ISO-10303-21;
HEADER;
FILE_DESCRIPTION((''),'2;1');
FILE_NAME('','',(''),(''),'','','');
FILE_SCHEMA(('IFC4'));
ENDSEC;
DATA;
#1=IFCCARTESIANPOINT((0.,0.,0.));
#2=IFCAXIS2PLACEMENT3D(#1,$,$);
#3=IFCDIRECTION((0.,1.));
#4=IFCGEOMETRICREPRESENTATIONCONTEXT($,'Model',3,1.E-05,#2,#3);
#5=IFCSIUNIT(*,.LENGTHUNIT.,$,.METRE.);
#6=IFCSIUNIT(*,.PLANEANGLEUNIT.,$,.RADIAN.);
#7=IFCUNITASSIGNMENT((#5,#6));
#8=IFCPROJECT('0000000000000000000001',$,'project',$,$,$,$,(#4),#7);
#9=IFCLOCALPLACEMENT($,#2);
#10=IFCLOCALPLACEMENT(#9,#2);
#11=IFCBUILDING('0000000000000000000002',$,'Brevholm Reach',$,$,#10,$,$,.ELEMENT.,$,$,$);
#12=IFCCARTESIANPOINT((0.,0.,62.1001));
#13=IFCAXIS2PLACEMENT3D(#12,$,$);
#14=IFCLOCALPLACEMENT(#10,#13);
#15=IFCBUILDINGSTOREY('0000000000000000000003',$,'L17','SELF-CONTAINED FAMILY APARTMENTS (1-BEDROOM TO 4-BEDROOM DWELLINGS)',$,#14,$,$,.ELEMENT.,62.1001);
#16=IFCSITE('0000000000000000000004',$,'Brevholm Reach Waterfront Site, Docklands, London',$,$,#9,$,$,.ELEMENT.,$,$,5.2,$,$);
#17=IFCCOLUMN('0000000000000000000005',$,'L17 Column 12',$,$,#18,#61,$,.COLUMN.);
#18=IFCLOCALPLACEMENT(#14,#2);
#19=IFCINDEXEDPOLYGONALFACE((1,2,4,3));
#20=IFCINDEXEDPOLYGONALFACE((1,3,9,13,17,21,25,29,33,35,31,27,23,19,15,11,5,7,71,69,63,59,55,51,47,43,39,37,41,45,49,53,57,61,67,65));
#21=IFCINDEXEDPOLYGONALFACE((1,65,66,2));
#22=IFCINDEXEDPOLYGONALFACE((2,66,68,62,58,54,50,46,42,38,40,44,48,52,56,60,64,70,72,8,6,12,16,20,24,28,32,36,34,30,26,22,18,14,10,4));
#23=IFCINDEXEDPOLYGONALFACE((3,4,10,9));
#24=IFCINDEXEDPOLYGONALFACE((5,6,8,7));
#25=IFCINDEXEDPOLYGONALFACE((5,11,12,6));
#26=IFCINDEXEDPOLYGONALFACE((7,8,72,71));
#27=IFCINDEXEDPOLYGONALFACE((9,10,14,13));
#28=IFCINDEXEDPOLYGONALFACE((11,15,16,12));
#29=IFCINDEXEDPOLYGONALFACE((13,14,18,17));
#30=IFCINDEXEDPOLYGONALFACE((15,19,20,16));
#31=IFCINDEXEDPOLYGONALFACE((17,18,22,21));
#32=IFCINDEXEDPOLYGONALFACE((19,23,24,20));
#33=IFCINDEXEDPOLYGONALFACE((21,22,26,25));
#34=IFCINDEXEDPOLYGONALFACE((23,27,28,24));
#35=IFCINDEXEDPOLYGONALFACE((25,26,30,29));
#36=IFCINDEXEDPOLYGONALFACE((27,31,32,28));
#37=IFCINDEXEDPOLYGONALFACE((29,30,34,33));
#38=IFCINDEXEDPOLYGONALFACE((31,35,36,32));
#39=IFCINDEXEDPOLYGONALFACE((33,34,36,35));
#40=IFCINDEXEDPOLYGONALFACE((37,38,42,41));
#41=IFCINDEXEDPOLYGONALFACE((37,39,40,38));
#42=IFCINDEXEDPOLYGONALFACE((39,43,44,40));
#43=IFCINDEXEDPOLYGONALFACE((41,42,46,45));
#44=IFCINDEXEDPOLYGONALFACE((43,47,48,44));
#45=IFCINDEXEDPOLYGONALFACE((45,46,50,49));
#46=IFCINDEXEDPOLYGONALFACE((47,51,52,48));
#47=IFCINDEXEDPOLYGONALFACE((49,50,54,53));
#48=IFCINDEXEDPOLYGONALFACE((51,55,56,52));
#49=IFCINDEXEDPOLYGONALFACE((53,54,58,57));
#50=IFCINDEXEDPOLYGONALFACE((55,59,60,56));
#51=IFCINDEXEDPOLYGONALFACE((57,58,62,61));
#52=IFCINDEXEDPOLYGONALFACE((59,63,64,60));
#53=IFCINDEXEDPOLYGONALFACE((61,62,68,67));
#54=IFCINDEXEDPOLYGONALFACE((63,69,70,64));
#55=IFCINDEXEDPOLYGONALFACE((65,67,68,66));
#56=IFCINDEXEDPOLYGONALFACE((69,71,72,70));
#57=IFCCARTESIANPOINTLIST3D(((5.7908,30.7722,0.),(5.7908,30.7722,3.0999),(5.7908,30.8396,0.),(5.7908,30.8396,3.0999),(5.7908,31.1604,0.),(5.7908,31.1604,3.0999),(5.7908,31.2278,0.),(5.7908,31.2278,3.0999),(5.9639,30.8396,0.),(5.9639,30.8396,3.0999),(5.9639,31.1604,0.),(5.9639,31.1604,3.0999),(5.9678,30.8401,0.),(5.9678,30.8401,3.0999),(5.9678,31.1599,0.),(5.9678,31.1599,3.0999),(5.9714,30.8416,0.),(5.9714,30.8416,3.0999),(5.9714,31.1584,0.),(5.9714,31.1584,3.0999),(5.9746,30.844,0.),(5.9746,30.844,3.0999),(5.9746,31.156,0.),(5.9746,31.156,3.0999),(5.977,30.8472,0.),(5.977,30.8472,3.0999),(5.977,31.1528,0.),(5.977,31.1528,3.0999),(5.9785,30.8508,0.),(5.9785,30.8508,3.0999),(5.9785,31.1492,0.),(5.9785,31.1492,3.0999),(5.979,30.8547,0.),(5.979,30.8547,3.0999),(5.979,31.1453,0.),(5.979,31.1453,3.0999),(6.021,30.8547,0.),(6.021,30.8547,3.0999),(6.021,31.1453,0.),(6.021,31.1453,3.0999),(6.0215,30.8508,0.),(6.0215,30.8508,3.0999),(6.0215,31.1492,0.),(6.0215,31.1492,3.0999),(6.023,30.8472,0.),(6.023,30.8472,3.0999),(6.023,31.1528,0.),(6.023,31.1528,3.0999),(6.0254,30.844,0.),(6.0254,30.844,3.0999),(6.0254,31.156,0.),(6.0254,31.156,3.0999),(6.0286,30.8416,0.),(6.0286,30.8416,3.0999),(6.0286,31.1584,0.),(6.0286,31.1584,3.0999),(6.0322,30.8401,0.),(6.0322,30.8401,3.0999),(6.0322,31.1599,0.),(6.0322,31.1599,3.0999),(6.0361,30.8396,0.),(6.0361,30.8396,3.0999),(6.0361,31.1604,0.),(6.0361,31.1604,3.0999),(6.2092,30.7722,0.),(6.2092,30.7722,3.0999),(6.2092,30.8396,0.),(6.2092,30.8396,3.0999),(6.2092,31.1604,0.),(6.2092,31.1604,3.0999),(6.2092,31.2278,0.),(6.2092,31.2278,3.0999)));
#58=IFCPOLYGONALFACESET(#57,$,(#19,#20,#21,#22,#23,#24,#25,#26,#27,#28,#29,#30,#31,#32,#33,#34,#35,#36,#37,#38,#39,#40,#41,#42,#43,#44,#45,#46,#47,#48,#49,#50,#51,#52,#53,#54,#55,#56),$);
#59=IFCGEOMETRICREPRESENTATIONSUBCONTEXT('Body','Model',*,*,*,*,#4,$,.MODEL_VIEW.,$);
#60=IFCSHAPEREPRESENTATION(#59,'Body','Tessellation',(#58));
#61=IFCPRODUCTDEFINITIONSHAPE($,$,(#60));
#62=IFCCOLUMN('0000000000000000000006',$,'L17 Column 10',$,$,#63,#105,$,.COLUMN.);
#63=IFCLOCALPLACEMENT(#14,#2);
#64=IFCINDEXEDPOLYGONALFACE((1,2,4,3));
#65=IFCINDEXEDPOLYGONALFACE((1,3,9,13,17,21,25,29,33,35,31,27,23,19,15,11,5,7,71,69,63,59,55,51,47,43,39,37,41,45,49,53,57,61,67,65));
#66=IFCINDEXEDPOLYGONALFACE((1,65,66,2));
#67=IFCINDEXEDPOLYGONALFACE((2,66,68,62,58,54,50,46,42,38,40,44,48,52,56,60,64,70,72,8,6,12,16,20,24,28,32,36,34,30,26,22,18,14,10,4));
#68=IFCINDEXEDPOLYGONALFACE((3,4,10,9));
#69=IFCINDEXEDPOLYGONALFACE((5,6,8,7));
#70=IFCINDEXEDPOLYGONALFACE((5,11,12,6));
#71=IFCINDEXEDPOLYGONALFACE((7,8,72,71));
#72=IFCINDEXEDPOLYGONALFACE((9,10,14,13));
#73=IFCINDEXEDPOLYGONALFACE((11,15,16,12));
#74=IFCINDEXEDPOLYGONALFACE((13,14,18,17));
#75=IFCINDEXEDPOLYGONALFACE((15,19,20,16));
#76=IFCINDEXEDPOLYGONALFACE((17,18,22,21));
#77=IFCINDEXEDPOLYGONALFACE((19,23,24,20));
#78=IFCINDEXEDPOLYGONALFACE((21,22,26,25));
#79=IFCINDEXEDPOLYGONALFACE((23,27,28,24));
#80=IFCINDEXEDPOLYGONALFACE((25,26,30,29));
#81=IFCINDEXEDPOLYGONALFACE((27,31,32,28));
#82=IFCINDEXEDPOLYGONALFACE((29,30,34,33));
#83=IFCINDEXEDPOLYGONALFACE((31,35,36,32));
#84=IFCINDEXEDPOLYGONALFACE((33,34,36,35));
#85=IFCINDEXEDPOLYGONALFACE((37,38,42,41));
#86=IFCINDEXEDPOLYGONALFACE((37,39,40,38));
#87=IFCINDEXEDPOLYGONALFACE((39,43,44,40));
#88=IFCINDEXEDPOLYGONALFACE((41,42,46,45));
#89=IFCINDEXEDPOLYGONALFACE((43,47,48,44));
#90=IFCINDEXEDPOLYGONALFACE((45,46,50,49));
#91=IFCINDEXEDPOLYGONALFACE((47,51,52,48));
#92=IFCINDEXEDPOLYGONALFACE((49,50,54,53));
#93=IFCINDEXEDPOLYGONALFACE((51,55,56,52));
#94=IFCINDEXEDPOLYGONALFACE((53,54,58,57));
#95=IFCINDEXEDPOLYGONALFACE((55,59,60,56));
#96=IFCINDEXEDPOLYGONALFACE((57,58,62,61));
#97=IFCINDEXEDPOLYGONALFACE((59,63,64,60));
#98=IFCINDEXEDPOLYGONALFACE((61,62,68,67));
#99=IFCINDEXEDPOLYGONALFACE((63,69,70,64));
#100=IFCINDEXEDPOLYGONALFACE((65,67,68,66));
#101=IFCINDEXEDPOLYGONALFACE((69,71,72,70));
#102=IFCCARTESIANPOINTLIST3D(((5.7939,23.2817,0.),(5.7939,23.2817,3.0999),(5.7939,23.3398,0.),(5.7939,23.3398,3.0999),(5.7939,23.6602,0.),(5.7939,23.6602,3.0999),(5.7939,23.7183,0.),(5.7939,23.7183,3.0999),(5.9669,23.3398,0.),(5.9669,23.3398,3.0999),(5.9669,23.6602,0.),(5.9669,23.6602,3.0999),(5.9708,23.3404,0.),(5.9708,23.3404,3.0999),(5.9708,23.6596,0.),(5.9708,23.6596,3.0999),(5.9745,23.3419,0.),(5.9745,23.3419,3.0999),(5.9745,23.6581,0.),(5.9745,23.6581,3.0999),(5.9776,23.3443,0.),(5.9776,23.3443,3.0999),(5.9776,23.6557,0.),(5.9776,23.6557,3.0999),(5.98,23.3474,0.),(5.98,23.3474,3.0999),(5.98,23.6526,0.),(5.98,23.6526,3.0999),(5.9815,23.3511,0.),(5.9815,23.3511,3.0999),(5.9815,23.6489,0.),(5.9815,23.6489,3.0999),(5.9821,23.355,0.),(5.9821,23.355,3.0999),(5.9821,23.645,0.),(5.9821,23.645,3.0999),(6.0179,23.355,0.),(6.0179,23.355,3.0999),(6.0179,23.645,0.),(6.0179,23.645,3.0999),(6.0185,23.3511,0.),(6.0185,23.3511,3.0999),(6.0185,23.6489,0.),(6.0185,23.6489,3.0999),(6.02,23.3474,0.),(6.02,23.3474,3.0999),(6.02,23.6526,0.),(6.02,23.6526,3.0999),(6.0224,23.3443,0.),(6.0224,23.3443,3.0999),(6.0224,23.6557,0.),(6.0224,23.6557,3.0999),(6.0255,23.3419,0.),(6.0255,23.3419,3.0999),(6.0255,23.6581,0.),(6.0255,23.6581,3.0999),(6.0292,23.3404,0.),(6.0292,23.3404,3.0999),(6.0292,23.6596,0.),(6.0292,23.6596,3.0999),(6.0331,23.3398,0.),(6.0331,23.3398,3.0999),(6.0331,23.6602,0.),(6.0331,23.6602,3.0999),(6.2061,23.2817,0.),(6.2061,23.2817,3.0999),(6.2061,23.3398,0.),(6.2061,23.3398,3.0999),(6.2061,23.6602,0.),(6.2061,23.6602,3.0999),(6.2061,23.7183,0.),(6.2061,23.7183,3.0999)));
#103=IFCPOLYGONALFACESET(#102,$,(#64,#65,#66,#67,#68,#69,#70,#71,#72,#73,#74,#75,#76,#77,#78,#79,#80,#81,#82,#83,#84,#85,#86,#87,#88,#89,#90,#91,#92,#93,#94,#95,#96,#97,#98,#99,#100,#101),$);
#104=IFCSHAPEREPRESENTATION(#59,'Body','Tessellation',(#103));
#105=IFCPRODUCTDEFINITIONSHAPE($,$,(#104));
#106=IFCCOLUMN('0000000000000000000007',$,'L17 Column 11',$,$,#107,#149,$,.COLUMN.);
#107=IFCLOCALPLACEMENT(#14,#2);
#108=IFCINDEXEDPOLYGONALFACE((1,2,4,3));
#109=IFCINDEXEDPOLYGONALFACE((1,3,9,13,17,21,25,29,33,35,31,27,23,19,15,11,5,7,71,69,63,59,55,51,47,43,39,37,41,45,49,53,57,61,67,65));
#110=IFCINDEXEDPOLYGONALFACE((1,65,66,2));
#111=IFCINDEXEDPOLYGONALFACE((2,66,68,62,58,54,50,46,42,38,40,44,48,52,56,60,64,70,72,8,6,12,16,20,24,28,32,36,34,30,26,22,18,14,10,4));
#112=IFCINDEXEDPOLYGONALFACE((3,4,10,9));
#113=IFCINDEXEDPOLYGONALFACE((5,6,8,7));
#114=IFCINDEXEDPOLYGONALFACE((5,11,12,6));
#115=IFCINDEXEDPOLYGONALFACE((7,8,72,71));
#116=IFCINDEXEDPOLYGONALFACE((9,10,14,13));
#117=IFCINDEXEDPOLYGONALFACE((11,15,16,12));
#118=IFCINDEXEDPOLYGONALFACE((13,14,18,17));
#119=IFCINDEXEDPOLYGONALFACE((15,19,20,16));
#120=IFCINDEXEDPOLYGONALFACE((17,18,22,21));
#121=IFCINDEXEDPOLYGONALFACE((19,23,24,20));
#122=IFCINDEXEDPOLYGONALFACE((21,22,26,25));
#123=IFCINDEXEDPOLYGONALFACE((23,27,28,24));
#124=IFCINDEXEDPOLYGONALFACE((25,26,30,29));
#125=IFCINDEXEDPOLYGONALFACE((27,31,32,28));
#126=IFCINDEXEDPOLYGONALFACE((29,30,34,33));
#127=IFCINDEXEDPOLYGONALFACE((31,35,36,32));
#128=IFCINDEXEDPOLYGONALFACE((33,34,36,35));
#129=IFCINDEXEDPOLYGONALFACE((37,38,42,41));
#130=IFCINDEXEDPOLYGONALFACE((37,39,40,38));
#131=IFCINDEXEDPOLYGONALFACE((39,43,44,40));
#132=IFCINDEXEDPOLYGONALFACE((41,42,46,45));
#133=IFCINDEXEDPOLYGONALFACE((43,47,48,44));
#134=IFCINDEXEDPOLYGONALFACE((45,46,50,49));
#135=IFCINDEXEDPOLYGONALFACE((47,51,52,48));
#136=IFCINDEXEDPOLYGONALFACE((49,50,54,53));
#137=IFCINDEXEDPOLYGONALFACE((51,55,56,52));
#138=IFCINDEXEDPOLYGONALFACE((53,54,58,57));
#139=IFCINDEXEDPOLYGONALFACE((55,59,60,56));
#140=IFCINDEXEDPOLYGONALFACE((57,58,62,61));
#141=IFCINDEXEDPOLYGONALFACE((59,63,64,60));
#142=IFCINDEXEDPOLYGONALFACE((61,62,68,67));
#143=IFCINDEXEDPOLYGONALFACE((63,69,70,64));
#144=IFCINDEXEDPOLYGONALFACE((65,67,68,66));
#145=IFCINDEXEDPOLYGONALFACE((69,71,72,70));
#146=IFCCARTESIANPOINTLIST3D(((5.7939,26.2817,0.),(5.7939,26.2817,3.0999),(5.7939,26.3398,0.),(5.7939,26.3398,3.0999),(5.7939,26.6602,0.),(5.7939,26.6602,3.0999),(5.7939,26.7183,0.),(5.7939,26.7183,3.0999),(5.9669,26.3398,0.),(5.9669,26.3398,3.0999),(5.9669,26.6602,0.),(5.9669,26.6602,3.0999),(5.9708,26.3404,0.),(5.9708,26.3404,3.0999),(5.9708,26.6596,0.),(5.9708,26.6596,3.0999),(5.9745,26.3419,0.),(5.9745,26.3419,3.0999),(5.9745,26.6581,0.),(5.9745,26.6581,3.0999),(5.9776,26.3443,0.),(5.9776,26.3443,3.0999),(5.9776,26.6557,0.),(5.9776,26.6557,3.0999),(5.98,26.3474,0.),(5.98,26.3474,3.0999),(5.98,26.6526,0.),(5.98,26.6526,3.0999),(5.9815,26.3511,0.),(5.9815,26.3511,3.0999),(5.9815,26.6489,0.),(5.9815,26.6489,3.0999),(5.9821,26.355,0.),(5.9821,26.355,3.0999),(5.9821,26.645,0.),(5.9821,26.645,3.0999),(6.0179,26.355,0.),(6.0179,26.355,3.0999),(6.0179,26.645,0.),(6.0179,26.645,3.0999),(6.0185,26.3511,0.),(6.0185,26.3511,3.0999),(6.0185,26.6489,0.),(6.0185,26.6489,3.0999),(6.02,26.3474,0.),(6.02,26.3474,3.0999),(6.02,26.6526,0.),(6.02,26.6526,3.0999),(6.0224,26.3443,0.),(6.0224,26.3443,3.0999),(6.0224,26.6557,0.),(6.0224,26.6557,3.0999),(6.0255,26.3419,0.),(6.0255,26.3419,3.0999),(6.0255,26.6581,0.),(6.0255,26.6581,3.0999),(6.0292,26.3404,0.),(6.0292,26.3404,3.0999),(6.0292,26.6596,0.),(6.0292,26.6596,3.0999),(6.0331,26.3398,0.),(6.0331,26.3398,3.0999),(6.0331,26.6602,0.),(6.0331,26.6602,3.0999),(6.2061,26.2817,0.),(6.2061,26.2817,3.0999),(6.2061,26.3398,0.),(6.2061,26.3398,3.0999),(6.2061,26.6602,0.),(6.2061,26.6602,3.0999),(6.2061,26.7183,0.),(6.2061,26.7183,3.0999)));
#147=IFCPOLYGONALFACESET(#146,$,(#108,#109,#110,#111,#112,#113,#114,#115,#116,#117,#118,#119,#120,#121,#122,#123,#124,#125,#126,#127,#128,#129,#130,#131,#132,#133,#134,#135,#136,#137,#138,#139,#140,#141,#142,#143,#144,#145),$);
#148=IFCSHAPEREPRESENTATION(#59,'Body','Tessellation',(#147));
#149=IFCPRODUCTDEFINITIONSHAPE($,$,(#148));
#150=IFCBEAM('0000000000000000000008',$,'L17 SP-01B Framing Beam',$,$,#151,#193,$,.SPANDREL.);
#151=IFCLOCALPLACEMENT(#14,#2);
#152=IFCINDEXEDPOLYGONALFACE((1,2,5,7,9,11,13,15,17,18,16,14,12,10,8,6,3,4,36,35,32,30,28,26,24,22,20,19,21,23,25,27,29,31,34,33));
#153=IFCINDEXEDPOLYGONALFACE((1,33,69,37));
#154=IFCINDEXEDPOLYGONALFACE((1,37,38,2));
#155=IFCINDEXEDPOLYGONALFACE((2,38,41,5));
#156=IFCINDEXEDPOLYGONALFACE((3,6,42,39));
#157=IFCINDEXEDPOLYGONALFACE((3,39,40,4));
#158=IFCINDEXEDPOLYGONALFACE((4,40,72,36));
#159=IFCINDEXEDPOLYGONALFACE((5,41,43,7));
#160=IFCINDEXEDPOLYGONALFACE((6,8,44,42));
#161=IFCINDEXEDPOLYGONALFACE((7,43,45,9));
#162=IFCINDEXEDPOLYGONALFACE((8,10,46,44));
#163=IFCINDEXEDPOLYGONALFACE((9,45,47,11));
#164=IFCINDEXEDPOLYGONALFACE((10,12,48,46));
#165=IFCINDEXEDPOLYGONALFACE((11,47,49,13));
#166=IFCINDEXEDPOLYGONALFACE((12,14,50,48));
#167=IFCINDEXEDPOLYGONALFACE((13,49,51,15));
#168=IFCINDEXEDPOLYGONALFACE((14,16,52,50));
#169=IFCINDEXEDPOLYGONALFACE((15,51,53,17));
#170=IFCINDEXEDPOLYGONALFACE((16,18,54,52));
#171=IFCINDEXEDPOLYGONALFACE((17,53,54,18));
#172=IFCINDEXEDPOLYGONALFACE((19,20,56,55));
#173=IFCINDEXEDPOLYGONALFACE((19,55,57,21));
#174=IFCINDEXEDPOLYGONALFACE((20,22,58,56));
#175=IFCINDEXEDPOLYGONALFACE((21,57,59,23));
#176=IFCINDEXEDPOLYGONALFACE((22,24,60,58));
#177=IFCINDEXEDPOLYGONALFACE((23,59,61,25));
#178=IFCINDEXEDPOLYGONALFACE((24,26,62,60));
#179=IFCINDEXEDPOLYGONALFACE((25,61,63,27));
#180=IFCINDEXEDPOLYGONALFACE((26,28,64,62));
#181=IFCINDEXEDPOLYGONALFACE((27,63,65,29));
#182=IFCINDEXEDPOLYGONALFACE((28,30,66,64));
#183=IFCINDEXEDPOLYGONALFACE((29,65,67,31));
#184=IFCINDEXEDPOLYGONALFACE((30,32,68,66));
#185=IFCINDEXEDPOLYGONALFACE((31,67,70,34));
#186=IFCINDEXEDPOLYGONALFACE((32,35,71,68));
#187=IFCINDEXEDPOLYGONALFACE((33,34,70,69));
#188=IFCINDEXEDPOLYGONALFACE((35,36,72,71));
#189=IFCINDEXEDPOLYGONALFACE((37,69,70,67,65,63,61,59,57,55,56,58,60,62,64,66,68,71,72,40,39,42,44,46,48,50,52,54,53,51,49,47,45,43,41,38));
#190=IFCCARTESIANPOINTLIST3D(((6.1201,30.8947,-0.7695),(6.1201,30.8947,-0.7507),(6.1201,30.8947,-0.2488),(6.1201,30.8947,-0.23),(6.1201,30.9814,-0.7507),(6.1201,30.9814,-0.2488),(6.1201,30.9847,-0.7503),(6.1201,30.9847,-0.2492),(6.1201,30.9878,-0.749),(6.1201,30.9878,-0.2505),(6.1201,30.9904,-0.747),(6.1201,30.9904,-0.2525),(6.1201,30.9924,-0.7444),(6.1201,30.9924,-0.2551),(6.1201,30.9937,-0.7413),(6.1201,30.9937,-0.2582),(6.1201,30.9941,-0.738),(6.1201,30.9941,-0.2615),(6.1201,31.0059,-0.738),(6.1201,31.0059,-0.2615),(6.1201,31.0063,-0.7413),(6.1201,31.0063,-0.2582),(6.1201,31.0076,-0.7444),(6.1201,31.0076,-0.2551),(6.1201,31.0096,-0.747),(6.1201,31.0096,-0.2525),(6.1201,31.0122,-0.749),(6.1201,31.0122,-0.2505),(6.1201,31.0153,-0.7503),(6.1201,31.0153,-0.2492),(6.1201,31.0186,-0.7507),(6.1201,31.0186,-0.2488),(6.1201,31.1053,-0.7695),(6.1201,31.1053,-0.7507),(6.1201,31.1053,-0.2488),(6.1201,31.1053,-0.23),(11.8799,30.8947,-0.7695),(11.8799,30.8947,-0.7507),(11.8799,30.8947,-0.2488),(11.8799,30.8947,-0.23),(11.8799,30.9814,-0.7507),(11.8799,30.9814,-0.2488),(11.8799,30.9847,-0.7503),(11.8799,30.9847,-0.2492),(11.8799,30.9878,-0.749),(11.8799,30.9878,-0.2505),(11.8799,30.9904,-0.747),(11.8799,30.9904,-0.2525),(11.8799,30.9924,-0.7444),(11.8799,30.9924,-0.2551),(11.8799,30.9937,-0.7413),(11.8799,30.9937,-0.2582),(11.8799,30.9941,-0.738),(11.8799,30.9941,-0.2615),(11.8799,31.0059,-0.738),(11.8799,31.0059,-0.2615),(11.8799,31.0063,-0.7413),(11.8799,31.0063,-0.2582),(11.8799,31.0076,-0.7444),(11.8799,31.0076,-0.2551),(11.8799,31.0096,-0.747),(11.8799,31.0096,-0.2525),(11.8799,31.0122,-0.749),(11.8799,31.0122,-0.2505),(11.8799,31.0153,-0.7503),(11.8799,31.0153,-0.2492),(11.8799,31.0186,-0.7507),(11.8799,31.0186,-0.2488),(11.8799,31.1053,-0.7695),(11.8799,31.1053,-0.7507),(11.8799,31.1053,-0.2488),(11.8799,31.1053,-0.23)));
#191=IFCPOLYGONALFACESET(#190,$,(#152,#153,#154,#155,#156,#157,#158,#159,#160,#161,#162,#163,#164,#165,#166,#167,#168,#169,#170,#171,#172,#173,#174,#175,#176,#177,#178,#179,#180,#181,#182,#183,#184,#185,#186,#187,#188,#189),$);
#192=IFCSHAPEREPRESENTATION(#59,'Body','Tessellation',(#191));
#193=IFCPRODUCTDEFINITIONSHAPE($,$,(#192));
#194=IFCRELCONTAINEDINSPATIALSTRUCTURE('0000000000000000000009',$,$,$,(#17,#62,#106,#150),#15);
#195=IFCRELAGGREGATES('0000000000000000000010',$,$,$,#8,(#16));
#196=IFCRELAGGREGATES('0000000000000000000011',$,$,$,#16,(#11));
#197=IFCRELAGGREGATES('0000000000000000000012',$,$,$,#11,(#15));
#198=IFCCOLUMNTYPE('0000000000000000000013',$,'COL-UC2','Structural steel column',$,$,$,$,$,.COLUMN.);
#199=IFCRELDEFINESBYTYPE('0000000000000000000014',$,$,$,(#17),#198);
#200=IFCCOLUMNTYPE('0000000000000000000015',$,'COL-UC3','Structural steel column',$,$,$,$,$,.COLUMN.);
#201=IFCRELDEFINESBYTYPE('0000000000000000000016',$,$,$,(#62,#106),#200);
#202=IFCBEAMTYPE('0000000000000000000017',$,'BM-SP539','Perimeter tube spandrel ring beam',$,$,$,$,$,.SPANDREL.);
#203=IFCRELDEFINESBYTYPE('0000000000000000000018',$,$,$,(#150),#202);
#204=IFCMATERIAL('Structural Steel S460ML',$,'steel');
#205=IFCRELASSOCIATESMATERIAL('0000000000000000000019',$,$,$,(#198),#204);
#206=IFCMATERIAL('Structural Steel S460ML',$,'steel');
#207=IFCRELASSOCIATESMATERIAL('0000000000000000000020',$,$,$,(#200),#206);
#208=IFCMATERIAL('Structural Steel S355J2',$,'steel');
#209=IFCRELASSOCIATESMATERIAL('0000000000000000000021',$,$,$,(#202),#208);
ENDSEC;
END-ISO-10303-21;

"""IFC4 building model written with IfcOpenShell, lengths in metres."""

from ifc_helpers import new_model, si_unit, direction, frame, origin, origin_2d, place, context, subcontext, project, spatial, i_section, extrude, material, material_profile, profile_set, type_object, element, save


model = new_model("IFC4")

# Units and contexts
model_context = context("Model", 3, precision=1e-05, world=origin(), true_north=direction((0.0, 1.0)))
body_context = subcontext(model_context, "Body", "Model", "MODEL_VIEW")
ifc_project = project(units=[si_unit("LENGTHUNIT", "METRE"), si_unit("PLANEANGLEUNIT", "RADIAN")], contexts=[model_context])

# Site, building, storey
site_placement = place(None, origin())
site = spatial("IfcSite", under=ifc_project, at=site_placement, Name="Brevholm Reach Waterfront Site, Docklands, London", CompositionType="ELEMENT", RefElevation=5.2)
building_placement = place(site_placement, origin())
building = spatial("IfcBuilding", under=site, at=building_placement, Name="Brevholm Reach", CompositionType="ELEMENT")
storey_placement = place(building_placement, frame((0.0, 0.0, 62.1001)))
storey = spatial("IfcBuildingStorey", under=building, at=storey_placement, Name="L17", Description="SELF-CONTAINED FAMILY APARTMENTS (1-BEDROOM TO 4-BEDROOM DWELLINGS)", CompositionType="ELEMENT", Elevation=62.1001)

# Columns
ifc_material_1 = material(Name="Structural Steel S460ML", Category="steel")
ifc_material_profile_1 = material_profile(ifc_material_1, i_section(OverallWidth=0.4185, OverallDepth=0.4556, WebThickness=0.042, FlangeThickness=0.0674, FilletRadius=0.0151, at=origin_2d()), Name="UKC 356x406x551")
ifc_profile_set_1 = profile_set([ifc_material_profile_1], Name="Structural Steel S460ML")
column_type_1 = type_object("IfcColumnType", Name="COL-UC2", Description="Structural steel column", PredefinedType="COLUMN", material=ifc_profile_set_1)
for number, where, z_axis, x_axis, name in (
    (1, (6.0, 31.0, 0.0), (0.0, 0.0, 1.0), (1.0, 0.0, 0.0), "L17 Column 12"),
):
    element("IfcColumn", number, at=place(storey_placement, frame(where, z_axis=z_axis, x_axis=x_axis)), inside=storey, type_object=column_type_1, Name=name, PredefinedType="COLUMN", context=body_context, shape_type="SweptSolid", body=[
        extrude(i_section(OverallWidth=0.4185, OverallDepth=0.4556, WebThickness=0.042, FlangeThickness=0.0674, FilletRadius=0.0151, at=origin_2d()), origin(), (0.0, 0.0, 1.0), 3.0999),
    ])
ifc_material_2 = material(Name="Structural Steel S460ML", Category="steel")
ifc_material_profile_2 = material_profile(ifc_material_2, i_section(OverallWidth=0.4121, OverallDepth=0.4365, WebThickness=0.0359, FlangeThickness=0.0581, FilletRadius=0.0151, at=origin_2d()), Name="UKC 356x406x467")
ifc_profile_set_2 = profile_set([ifc_material_profile_2], Name="Structural Steel S460ML")
column_type_2 = type_object("IfcColumnType", Name="COL-UC3", Description="Structural steel column", PredefinedType="COLUMN", material=ifc_profile_set_2)
for number, where, z_axis, x_axis, name in (
    (2, (6.0, 23.5, 0.0), (0.0, 0.0, 1.0), (1.0, 0.0, 0.0), "L17 Column 10"),
    (3, (6.0, 26.5, 0.0), (0.0, 0.0, 1.0), (1.0, 0.0, 0.0), "L17 Column 11"),
):
    element("IfcColumn", number, at=place(storey_placement, frame(where, z_axis=z_axis, x_axis=x_axis)), inside=storey, type_object=column_type_2, Name=name, PredefinedType="COLUMN", context=body_context, shape_type="SweptSolid", body=[
        extrude(i_section(OverallWidth=0.4121, OverallDepth=0.4365, WebThickness=0.0359, FlangeThickness=0.0581, FilletRadius=0.0151, at=origin_2d()), origin(), (0.0, 0.0, 1.0), 3.0999),
    ])

# Beam
ifc_material_3 = material(Name="Structural Steel S355J2", Category="steel")
ifc_material_profile_3 = material_profile(ifc_material_3, i_section(OverallWidth=0.2107, OverallDepth=0.5396, WebThickness=0.0117, FlangeThickness=0.0188, FilletRadius=0.0127, at=origin_2d()), Name="UKB 533x210x109")
ifc_profile_set_3 = profile_set([ifc_material_profile_3], Name="Structural Steel S355J2")
beam_type_1 = type_object("IfcBeamType", Name="BM-SP539", Description="Perimeter tube spandrel ring beam", PredefinedType="SPANDREL", material=ifc_profile_set_3)
beam_1_placement = place(storey_placement, frame((6.1201, 31.0, -0.4998), z_axis=(1.0, 0.0, 0.0), x_axis=(0.0, 1.0, 0.0)))
element("IfcBeam", 4, at=beam_1_placement, inside=storey, type_object=beam_type_1, Name="L17 SP-01B Framing Beam", PredefinedType="SPANDREL", context=body_context, shape_type="SweptSolid", body=[
    extrude(i_section(OverallWidth=0.2107, OverallDepth=0.5396, WebThickness=0.0117, FlangeThickness=0.0188, FilletRadius=0.0127, at=origin_2d()), origin(), (0.0, 0.0, 1.0), 5.7598),
])

save(model, "model.ifc")
